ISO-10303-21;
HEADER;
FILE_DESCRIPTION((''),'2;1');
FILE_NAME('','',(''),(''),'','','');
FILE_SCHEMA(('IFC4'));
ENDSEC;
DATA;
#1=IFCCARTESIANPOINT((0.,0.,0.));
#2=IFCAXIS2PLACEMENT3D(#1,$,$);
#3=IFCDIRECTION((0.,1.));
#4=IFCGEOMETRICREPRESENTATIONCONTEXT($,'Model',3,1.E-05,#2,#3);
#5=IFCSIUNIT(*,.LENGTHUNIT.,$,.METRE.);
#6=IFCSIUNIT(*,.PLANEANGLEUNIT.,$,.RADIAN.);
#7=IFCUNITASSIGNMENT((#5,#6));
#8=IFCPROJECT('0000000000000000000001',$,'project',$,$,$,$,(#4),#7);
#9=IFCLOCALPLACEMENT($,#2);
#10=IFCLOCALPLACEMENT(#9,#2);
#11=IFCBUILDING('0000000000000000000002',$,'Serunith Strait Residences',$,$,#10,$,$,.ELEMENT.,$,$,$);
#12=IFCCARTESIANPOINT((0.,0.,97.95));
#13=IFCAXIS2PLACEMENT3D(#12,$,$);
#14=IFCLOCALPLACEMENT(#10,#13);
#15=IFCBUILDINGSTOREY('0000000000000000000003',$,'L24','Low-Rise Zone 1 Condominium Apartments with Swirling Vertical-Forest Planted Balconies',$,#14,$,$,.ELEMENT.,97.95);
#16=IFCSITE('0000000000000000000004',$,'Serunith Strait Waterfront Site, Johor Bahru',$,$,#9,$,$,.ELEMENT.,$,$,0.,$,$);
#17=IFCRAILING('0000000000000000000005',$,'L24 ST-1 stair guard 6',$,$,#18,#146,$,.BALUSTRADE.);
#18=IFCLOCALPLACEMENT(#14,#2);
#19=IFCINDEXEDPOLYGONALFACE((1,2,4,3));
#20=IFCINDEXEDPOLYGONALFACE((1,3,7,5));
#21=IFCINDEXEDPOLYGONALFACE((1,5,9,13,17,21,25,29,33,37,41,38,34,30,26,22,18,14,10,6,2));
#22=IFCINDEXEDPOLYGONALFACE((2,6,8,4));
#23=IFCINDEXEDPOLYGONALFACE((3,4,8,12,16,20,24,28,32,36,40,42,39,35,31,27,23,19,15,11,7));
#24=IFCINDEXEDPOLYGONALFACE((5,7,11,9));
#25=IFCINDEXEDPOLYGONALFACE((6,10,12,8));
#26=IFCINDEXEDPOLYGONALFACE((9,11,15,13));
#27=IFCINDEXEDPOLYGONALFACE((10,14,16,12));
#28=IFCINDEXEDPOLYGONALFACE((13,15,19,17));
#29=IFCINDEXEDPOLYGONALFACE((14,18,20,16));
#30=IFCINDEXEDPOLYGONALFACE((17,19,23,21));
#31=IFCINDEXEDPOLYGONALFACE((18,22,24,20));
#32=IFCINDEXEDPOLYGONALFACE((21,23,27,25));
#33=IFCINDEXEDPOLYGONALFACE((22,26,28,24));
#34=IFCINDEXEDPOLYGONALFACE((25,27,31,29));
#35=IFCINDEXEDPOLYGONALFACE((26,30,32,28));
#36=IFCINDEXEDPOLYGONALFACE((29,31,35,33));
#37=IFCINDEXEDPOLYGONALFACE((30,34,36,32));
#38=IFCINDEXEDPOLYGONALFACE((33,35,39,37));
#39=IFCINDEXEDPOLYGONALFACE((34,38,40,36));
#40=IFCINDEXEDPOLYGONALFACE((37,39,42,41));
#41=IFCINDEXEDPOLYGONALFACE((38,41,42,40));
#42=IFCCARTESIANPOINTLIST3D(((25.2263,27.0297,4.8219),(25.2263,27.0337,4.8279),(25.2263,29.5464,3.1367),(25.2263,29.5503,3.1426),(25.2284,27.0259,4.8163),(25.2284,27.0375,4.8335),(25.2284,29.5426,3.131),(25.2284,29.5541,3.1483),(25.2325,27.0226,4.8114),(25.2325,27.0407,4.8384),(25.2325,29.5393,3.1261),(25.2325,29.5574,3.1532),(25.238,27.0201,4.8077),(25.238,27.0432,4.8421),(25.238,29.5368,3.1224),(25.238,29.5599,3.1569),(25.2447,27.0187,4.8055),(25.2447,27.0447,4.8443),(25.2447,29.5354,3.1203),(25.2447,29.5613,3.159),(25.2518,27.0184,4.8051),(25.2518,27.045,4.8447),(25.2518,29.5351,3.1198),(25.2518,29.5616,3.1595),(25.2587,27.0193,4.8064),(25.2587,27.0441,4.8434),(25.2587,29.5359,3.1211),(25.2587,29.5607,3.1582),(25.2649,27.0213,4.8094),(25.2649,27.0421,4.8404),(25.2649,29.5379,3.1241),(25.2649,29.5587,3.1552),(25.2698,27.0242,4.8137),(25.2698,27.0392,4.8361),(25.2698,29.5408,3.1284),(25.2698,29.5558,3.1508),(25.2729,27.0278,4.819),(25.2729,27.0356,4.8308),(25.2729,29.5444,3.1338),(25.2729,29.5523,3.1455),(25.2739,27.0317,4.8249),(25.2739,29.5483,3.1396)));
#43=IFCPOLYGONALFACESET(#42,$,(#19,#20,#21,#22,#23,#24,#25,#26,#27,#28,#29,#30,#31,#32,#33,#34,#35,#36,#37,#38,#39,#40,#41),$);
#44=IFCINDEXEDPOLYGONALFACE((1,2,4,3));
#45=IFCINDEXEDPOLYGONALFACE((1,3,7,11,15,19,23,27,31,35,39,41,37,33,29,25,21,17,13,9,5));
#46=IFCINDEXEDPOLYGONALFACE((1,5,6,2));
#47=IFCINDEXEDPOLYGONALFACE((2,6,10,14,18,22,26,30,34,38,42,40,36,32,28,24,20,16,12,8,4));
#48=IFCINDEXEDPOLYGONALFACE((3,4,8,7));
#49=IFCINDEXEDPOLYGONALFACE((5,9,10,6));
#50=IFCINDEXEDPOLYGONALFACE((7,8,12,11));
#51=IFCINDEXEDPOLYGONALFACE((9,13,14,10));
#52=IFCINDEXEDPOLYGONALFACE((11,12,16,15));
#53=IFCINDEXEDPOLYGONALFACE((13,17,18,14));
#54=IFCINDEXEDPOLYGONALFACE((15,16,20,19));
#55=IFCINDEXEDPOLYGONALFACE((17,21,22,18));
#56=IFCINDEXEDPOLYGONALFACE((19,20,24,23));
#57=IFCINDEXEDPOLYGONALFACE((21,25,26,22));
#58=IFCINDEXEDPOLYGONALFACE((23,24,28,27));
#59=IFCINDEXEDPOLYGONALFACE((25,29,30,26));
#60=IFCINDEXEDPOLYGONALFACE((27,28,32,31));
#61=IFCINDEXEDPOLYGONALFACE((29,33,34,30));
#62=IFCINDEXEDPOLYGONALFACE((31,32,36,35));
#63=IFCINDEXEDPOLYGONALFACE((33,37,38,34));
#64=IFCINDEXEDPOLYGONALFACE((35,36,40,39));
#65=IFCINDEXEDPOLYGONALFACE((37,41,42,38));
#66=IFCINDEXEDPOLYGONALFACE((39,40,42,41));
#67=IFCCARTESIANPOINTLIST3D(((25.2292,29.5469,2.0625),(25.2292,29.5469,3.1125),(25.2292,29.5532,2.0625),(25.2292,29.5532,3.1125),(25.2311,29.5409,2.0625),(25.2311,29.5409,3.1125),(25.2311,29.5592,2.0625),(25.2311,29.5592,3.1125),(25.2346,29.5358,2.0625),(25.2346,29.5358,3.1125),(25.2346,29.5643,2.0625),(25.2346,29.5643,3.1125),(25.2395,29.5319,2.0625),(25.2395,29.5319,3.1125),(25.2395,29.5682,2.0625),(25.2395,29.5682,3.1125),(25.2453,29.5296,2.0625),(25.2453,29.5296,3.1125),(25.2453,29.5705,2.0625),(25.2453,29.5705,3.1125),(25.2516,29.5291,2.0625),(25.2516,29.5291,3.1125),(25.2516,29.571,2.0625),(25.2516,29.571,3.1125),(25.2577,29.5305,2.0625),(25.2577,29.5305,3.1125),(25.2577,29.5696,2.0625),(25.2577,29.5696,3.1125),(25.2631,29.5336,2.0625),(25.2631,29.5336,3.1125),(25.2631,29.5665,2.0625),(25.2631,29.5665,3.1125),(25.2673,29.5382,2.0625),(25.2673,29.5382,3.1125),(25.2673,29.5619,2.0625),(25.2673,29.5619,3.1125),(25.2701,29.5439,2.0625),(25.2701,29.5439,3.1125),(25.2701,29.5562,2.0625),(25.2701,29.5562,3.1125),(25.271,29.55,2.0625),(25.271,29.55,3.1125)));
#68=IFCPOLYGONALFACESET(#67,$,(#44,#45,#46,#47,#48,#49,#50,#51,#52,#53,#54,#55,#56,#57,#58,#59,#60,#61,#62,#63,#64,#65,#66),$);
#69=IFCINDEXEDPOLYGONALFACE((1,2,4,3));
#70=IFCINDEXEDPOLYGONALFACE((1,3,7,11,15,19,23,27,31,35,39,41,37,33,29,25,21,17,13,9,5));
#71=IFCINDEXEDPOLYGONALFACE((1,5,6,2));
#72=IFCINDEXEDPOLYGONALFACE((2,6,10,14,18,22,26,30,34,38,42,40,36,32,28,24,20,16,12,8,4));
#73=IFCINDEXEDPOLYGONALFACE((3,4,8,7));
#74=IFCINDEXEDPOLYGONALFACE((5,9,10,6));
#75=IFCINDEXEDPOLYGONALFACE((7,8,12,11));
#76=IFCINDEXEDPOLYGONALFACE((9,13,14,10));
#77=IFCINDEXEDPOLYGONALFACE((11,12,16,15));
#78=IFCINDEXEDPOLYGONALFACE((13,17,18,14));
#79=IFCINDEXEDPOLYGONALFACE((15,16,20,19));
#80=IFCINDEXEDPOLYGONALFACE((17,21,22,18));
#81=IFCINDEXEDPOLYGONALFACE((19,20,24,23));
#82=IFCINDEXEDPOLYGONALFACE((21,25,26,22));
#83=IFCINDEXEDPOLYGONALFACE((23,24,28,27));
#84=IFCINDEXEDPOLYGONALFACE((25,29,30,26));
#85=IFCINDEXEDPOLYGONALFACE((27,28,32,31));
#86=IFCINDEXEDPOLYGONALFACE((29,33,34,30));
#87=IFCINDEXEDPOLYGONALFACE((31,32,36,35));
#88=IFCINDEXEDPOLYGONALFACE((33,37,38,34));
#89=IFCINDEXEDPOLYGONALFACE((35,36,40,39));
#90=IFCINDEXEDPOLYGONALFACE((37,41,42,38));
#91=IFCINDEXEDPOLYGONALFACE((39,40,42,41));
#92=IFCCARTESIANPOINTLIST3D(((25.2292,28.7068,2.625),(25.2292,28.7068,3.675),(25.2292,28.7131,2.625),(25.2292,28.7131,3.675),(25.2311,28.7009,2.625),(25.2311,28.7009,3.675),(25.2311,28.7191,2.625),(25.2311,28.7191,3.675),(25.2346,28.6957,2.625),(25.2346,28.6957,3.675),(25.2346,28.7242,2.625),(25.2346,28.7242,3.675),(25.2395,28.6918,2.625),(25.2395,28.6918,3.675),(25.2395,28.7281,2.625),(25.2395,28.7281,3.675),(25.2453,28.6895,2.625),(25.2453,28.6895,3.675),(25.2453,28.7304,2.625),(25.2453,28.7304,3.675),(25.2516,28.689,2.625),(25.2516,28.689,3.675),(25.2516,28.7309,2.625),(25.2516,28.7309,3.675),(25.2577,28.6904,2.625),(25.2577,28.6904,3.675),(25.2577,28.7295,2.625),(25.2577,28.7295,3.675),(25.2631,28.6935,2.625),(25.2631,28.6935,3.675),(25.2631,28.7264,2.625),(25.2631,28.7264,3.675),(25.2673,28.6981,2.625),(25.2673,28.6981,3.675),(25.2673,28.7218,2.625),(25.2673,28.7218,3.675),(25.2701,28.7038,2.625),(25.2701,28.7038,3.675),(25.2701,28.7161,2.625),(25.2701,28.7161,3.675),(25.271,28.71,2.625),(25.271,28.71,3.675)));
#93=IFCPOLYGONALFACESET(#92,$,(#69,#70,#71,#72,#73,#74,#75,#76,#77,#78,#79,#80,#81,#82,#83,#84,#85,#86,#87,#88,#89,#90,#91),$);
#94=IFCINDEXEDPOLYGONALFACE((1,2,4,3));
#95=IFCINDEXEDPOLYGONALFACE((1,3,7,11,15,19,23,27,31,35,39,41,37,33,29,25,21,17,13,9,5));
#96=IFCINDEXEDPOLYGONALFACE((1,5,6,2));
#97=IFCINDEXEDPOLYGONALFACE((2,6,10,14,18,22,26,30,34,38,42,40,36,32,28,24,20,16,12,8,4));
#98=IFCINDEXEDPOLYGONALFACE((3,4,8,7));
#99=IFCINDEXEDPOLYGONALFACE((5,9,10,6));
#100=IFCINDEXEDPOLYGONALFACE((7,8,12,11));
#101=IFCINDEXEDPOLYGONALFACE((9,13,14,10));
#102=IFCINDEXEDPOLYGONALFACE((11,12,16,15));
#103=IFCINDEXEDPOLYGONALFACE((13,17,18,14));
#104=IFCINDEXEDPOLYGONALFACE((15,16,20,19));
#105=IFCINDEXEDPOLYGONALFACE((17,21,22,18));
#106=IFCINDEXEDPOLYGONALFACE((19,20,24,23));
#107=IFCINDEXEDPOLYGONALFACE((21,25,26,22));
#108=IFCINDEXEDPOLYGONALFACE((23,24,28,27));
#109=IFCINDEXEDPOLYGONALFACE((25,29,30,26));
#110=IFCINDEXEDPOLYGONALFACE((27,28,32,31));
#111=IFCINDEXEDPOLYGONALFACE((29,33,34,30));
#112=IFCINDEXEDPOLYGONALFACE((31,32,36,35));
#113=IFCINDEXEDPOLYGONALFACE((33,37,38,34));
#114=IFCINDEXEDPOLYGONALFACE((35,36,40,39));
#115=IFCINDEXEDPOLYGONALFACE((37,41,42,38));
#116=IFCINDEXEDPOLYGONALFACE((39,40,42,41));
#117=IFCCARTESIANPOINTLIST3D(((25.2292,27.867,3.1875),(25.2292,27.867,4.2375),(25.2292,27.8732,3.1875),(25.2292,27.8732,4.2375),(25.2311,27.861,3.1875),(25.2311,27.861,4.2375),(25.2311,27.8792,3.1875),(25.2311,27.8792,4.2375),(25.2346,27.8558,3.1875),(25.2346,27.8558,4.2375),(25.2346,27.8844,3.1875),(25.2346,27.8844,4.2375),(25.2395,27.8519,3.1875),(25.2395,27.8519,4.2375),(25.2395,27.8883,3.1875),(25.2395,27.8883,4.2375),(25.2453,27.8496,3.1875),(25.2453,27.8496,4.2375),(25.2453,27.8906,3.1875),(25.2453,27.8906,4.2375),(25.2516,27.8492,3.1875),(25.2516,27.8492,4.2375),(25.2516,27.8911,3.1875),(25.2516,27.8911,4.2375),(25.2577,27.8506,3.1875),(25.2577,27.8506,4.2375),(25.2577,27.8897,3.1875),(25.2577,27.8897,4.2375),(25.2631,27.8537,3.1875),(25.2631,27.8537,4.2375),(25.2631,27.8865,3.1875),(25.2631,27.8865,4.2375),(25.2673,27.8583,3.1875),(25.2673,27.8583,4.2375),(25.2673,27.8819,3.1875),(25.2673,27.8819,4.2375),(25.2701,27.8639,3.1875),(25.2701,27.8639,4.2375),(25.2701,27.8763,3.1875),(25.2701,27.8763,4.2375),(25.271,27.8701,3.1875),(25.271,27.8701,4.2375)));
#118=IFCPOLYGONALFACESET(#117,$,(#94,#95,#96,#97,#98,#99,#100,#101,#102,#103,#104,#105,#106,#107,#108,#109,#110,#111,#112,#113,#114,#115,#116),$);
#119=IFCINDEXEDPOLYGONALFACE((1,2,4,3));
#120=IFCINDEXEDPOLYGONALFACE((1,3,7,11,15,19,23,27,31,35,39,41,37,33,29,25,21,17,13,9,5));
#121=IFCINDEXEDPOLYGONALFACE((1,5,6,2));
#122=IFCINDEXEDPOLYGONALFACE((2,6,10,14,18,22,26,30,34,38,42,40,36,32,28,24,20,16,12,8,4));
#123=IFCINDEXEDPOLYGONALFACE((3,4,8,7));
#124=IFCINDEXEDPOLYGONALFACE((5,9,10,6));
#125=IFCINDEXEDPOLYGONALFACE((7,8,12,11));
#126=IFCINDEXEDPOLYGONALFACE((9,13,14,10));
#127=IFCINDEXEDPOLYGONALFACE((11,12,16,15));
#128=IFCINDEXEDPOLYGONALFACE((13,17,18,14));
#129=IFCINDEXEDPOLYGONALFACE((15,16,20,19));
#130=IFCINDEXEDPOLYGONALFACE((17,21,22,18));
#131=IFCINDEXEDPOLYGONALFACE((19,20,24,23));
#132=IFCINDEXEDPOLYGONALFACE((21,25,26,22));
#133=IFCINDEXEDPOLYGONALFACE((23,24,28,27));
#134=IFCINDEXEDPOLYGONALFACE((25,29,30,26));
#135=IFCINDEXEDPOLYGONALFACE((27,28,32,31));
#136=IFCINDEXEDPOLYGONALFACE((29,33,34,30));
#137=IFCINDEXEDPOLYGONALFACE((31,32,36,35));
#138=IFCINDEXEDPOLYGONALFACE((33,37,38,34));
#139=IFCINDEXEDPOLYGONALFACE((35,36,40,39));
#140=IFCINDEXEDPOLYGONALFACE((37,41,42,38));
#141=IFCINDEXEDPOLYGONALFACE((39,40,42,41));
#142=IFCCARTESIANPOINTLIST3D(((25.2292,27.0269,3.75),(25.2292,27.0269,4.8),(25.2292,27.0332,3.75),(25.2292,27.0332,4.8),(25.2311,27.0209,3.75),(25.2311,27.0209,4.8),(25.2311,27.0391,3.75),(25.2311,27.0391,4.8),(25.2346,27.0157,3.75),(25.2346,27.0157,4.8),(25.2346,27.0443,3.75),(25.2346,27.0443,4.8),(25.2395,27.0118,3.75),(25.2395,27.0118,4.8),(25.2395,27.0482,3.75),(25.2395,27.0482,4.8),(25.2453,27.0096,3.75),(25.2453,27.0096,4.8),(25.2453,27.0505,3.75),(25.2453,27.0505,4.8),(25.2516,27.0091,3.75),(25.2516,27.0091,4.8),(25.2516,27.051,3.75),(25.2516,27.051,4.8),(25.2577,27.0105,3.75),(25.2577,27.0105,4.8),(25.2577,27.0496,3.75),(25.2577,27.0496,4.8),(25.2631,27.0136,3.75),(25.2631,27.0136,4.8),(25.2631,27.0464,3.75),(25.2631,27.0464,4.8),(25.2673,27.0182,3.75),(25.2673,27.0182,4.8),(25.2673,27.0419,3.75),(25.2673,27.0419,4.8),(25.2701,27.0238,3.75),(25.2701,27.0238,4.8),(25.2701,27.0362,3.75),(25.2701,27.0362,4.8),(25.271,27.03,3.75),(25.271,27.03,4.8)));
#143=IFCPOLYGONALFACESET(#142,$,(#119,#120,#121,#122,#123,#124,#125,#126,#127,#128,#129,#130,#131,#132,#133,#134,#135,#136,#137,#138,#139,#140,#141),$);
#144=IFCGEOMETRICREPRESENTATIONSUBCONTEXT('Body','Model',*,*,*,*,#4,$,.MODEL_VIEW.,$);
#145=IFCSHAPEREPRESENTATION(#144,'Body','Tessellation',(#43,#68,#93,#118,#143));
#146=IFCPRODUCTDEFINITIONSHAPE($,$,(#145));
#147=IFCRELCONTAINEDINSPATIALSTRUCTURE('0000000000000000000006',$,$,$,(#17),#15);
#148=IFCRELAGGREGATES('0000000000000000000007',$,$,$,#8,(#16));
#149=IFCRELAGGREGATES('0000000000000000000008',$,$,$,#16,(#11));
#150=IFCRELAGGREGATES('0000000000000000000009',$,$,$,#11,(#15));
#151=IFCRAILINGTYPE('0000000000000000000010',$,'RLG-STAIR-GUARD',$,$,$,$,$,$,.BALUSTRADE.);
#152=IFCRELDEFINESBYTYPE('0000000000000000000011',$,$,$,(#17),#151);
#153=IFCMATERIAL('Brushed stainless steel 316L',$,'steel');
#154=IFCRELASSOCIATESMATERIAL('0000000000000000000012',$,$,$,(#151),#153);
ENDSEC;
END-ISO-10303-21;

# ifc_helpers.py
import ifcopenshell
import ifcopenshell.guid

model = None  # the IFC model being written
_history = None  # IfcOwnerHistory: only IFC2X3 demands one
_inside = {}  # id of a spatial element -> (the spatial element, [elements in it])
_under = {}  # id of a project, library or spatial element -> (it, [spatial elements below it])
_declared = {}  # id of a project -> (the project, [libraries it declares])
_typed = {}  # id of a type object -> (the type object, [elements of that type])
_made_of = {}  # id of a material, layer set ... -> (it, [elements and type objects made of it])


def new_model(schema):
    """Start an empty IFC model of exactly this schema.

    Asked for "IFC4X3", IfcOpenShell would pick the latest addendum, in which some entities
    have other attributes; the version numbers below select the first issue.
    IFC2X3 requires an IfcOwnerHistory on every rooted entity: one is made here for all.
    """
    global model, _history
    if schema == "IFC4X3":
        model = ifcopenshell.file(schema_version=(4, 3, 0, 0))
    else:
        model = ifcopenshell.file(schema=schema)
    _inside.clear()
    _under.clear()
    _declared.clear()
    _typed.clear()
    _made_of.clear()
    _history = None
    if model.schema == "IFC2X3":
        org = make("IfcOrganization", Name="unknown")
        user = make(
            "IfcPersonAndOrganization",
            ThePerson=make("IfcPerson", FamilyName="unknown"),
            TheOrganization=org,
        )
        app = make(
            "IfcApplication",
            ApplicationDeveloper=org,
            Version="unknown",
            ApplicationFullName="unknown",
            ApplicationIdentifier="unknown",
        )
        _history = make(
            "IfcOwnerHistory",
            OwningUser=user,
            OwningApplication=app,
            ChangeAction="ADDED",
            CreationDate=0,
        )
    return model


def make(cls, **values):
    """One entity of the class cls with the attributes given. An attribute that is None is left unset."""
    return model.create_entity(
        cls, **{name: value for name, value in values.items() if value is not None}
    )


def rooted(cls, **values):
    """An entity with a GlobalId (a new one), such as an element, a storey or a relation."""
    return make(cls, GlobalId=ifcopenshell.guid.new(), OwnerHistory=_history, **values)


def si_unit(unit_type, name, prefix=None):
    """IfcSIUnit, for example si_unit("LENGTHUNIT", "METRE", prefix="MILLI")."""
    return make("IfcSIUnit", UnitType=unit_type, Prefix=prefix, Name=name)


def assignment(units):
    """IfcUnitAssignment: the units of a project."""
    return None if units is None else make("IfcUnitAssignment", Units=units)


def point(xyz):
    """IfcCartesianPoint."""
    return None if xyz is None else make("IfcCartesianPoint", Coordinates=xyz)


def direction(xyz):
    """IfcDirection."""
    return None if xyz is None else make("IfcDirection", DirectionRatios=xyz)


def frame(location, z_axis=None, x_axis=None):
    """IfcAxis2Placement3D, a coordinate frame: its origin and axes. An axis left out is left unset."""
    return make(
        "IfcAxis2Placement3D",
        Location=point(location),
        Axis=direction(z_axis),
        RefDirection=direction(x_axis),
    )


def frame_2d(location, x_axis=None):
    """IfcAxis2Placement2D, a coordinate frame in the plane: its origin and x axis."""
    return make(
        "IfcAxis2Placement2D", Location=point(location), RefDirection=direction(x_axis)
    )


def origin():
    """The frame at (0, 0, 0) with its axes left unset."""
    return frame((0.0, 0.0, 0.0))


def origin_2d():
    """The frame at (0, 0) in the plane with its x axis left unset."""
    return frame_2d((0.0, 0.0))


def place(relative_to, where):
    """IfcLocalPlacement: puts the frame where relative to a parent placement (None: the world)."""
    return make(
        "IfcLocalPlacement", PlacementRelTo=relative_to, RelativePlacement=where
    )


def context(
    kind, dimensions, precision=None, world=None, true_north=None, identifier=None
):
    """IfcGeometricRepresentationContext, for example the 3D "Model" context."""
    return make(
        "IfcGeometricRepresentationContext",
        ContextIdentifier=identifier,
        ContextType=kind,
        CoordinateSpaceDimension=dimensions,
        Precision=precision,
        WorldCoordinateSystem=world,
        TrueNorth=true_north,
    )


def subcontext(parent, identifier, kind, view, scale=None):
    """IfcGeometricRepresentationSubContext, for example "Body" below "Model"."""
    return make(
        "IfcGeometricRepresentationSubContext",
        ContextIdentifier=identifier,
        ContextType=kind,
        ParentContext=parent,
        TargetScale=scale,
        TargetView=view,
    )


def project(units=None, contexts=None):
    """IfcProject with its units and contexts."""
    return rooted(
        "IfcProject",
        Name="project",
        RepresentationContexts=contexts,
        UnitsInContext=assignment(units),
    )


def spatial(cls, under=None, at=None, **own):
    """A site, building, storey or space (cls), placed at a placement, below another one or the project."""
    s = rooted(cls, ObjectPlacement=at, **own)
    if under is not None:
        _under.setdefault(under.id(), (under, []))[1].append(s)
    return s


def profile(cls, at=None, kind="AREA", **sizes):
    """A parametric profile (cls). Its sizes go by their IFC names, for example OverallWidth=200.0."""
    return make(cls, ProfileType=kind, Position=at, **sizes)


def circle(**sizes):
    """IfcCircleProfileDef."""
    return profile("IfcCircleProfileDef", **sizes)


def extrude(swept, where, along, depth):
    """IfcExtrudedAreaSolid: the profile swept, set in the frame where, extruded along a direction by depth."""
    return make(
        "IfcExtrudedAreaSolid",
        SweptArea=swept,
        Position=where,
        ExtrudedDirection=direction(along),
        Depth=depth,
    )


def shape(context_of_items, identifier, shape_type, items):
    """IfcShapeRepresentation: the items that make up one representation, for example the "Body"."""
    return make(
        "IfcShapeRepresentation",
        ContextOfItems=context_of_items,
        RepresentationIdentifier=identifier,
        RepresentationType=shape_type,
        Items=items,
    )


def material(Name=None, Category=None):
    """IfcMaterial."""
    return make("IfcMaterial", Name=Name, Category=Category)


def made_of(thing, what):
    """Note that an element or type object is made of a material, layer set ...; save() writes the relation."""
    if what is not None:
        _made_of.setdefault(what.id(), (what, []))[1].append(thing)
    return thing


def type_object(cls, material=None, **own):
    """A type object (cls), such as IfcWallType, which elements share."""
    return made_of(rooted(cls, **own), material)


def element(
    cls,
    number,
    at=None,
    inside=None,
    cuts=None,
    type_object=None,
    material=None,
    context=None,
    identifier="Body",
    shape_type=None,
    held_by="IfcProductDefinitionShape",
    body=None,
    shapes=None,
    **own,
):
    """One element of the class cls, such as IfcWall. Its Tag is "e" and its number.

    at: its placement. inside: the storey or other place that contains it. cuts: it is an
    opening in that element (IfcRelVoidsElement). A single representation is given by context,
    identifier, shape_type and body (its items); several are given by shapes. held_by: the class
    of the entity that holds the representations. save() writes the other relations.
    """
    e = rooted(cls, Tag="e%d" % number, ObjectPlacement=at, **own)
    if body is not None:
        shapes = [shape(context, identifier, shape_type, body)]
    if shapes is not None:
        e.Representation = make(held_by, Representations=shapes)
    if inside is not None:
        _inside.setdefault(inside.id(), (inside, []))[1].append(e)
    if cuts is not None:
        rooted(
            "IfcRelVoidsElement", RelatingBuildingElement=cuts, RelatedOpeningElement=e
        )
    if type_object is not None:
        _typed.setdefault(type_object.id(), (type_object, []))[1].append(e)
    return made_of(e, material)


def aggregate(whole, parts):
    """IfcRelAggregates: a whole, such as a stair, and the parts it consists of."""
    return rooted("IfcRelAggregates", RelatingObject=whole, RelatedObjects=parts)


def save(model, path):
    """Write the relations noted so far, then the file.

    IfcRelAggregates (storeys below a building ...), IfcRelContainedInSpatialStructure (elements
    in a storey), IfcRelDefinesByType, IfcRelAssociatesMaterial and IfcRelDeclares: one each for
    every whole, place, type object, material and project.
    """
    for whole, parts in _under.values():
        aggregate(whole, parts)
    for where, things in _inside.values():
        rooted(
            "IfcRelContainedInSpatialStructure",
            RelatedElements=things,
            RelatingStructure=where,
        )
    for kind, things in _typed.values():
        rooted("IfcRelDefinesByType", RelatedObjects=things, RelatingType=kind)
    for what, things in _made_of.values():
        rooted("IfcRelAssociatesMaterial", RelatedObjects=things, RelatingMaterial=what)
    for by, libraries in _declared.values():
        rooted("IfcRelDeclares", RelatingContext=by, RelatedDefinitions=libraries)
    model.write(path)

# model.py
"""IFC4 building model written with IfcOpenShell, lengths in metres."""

from ifc_helpers import new_model, si_unit, direction, frame, origin, origin_2d, place, context, subcontext, project, spatial, circle, extrude, material, type_object, element, save


model = new_model("IFC4")

# Units and contexts
model_context = context("Model", 3, precision=1e-05, world=origin(), true_north=direction((0.0, 1.0)))
body_context = subcontext(model_context, "Body", "Model", "MODEL_VIEW")
ifc_project = project(units=[si_unit("LENGTHUNIT", "METRE"), si_unit("PLANEANGLEUNIT", "RADIAN")], contexts=[model_context])

# Site, building, storey
site_placement = place(None, origin())
site = spatial("IfcSite", under=ifc_project, at=site_placement, Name="Serunith Strait Waterfront Site, Johor Bahru", CompositionType="ELEMENT", RefElevation=0.0)
building_placement = place(site_placement, origin())
building = spatial("IfcBuilding", under=site, at=building_placement, Name="Serunith Strait Residences", CompositionType="ELEMENT")
storey_placement = place(building_placement, frame((0.0, 0.0, 97.95)))
storey = spatial("IfcBuildingStorey", under=building, at=storey_placement, Name="L24", Description="Low-Rise Zone 1 Condominium Apartments with Swirling Vertical-Forest Planted Balconies", CompositionType="ELEMENT", Elevation=97.95)

# Railing
ifc_material_1 = material(Name="Brushed stainless steel 316L", Category="steel")
railing_type_1 = type_object("IfcRailingType", Name="RLG-STAIR-GUARD", PredefinedType="BALUSTRADE", material=ifc_material_1)
railing_1_placement = place(storey_placement, frame((25.25, 29.55, 2.0625)))
element("IfcRailing", 1, at=railing_1_placement, inside=storey, type_object=railing_type_1, Name="L24 ST-1 stair guard 6", PredefinedType="BALUSTRADE", context=body_context, shape_type="SweptSolid", body=[
    extrude(circle(Radius=0.0239, at=origin_2d()), frame((0.0, -0.0017, 1.0771), z_axis=(0.0, -0.830909, 0.556408), x_axis=(1.0, 0.0, 0.0)), (0.0, 0.0, 1.0), 3.0288),
    extrude(circle(Radius=0.021, at=origin_2d()), origin(), (0.0, 0.0, 1.0), 1.05),
    extrude(circle(Radius=0.021, at=origin_2d()), frame((0.0, -0.8401, 0.5625)), (0.0, 0.0, 1.0), 1.05),
    extrude(circle(Radius=0.021, at=origin_2d()), frame((0.0, -1.6799, 1.125)), (0.0, 0.0, 1.0), 1.05),
    extrude(circle(Radius=0.021, at=origin_2d()), frame((0.0, -2.52, 1.6875)), (0.0, 0.0, 1.0), 1.05),
])

save(model, "model.ifc")
